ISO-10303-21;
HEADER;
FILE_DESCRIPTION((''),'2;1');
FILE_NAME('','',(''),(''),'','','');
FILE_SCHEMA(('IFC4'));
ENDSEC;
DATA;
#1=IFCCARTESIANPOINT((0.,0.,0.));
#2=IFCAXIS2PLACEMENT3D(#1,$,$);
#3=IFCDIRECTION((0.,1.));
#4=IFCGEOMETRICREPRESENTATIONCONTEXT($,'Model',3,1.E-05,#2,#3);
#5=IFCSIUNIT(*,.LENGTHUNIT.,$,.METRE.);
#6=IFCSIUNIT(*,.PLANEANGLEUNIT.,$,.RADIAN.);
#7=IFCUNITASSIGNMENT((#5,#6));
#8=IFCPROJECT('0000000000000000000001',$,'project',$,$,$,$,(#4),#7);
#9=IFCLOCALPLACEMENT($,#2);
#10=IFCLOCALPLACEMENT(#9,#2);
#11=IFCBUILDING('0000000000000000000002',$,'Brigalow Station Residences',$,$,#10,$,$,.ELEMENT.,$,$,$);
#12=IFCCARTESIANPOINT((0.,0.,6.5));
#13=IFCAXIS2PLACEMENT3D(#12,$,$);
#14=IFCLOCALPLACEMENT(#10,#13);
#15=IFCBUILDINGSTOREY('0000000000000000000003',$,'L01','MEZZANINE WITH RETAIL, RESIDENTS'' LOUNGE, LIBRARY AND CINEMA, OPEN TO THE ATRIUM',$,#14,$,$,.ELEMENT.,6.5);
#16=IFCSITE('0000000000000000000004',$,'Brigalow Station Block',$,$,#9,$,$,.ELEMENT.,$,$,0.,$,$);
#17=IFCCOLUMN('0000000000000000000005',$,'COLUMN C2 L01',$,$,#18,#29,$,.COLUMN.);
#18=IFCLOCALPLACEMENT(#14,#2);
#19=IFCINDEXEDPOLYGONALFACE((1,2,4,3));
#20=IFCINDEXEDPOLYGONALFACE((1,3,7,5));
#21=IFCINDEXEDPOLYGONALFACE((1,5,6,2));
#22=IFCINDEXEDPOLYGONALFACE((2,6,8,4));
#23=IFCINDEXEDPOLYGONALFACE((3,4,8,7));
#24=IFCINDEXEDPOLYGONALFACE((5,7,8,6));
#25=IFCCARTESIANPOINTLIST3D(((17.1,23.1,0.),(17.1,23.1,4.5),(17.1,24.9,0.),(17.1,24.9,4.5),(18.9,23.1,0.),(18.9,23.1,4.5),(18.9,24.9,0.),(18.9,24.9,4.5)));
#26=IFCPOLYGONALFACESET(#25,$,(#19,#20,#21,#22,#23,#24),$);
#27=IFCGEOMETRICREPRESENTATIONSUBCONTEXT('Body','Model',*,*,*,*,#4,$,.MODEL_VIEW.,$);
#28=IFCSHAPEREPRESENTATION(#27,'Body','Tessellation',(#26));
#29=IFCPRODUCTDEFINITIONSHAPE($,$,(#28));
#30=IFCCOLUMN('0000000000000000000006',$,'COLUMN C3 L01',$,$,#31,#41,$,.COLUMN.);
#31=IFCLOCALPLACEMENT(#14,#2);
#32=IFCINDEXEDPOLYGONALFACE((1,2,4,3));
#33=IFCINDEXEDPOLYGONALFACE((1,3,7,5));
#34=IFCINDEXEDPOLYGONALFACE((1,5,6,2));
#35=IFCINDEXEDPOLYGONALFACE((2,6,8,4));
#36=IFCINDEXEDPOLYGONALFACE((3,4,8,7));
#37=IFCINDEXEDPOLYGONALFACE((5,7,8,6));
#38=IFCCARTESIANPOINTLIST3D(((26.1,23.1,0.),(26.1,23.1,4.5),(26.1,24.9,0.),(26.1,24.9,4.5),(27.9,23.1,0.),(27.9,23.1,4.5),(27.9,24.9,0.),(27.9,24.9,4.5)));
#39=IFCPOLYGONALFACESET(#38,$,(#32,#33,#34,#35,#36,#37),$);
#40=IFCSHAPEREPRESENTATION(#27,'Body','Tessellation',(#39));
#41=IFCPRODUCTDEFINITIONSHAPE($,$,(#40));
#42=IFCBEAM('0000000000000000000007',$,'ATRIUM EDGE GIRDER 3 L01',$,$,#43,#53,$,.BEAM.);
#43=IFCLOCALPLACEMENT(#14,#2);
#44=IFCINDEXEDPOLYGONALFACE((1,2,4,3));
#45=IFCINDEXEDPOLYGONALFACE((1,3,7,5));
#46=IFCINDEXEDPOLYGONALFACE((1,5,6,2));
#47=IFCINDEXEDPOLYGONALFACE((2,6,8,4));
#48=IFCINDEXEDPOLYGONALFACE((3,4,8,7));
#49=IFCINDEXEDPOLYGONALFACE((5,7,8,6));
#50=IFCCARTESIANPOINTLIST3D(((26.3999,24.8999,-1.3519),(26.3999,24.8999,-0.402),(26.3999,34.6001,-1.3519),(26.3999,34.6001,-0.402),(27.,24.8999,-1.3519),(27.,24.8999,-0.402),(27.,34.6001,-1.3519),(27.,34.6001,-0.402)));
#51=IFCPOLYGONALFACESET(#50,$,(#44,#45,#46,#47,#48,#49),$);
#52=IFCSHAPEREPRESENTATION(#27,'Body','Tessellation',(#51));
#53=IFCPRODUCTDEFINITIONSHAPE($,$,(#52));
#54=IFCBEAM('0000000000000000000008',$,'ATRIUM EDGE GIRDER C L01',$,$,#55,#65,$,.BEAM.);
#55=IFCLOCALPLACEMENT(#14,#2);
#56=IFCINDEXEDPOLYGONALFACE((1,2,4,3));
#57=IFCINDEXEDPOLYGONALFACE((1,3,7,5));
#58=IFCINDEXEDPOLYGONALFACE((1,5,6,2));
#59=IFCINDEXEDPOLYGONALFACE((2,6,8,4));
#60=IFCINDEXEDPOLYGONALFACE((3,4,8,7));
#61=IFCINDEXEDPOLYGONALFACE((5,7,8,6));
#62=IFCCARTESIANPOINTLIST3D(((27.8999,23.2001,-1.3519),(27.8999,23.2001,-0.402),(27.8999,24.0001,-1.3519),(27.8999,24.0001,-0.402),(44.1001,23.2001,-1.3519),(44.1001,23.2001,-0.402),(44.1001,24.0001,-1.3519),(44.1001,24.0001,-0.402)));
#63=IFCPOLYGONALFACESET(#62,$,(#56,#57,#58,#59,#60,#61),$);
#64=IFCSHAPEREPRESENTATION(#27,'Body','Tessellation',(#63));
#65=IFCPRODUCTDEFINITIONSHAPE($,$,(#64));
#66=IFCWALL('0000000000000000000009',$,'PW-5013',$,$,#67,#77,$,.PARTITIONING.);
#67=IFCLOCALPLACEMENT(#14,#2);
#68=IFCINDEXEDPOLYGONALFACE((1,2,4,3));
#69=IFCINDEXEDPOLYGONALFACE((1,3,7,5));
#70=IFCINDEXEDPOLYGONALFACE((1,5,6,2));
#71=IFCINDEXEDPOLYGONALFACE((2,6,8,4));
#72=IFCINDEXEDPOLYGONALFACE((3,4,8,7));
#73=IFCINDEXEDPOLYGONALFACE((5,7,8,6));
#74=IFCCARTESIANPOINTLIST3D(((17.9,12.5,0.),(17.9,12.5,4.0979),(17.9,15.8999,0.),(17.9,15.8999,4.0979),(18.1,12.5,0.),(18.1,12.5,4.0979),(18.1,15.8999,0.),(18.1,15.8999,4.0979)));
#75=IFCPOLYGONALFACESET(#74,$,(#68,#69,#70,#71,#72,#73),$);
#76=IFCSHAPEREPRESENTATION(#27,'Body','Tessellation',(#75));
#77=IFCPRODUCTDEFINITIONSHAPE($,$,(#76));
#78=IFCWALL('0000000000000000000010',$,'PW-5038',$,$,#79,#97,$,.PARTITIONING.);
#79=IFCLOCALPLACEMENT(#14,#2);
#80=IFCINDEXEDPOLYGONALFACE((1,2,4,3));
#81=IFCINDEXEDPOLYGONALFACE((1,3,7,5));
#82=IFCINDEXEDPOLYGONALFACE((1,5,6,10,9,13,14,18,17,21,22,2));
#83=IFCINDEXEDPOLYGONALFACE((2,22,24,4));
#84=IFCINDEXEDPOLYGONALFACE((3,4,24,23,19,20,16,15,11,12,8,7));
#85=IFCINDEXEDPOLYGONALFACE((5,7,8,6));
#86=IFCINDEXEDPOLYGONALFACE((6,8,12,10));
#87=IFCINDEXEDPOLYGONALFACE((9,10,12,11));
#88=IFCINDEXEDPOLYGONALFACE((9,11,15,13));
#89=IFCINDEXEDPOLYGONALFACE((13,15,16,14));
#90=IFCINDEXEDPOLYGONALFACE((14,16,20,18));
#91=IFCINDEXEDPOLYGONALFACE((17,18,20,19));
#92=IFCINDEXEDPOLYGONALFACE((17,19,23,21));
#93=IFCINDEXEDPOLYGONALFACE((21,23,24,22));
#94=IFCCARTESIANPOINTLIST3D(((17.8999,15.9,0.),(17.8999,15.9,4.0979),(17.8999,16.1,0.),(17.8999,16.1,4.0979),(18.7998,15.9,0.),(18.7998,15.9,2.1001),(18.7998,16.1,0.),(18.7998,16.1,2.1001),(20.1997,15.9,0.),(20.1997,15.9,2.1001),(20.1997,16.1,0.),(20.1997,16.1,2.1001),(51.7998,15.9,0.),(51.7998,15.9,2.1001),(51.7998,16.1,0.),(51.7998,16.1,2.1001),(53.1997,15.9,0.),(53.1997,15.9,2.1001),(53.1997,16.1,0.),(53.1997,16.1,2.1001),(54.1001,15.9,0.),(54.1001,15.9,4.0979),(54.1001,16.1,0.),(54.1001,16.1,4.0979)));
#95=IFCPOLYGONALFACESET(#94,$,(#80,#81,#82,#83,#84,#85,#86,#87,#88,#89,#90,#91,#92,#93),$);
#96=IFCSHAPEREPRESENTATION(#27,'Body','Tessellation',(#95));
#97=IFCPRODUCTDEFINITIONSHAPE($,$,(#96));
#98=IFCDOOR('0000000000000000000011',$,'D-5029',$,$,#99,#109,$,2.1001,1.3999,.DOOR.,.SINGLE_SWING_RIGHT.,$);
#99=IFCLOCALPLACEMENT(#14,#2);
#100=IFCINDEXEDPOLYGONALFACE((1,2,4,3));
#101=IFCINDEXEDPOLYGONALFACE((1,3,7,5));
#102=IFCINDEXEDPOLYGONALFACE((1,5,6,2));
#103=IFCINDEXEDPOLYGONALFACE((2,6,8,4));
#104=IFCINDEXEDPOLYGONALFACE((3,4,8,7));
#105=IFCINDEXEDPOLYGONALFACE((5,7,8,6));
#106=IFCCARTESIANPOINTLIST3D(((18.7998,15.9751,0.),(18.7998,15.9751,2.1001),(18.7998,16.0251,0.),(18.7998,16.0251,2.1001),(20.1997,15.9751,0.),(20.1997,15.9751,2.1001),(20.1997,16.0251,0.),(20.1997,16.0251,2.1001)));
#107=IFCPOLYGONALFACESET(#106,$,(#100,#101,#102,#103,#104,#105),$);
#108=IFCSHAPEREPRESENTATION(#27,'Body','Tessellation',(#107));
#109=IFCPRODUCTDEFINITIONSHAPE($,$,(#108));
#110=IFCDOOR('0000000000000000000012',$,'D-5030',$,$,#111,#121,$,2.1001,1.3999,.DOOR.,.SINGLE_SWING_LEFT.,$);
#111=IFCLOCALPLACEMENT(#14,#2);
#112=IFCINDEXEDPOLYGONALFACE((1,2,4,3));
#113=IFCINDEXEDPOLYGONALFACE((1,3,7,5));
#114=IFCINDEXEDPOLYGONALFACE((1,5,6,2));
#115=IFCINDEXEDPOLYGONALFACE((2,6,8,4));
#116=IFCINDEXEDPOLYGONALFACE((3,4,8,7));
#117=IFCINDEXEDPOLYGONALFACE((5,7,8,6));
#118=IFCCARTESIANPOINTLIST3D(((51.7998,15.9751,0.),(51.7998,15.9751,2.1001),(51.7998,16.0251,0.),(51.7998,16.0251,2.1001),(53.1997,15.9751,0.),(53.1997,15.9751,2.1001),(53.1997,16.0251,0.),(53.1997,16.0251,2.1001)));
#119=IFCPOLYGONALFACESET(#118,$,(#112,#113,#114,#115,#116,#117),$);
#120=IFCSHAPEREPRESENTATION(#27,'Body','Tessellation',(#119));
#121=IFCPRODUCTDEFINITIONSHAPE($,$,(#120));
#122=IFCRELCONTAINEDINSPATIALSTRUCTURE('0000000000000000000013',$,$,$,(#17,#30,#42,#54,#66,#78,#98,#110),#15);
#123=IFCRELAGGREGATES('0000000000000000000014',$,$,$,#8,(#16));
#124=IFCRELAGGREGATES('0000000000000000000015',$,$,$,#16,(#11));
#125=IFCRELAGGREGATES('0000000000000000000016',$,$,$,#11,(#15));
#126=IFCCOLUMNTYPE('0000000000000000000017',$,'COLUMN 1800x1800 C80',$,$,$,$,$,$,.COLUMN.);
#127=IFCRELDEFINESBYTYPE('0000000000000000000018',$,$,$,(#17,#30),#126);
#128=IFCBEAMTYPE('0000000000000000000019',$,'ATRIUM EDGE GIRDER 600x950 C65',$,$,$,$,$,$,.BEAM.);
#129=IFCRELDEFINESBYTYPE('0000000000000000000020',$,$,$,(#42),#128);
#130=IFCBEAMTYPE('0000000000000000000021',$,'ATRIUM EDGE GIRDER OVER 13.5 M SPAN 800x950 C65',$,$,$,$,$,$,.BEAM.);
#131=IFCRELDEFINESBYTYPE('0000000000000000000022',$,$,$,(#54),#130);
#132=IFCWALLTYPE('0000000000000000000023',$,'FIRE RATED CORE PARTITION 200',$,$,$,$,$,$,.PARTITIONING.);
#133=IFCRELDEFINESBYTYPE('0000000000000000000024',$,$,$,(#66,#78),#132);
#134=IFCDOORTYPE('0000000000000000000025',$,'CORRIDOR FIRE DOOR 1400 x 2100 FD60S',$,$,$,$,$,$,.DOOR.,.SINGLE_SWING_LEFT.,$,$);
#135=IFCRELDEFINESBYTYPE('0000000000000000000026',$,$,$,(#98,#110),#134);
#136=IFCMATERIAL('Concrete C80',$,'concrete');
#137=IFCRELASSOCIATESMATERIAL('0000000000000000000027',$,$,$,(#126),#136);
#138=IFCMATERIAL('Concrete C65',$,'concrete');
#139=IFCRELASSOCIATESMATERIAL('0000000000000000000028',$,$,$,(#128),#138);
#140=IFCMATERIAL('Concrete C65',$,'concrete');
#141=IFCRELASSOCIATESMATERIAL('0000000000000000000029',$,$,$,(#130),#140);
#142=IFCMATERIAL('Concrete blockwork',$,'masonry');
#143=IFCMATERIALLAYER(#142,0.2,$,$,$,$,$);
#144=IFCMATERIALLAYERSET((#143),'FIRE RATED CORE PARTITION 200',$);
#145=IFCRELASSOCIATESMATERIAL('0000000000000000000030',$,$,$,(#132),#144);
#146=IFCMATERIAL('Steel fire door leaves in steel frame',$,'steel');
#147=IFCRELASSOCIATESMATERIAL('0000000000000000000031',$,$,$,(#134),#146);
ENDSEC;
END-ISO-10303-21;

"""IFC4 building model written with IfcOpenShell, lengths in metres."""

from ifc_helpers import new_model, si_unit, direction, frame, frame_2d, origin, origin_2d, place, context, subcontext, project, spatial, rectangle, extrude, material, layer, layer_set, material_profile, profile_set, type_object, element, fill, save


model = new_model("IFC4")

# Units and contexts
model_context = context("Model", 3, precision=1e-05, world=origin(), true_north=direction((0.0, 1.0)))
body_context = subcontext(model_context, "Body", "Model", "MODEL_VIEW")
ifc_project = project(units=[si_unit("LENGTHUNIT", "METRE"), si_unit("PLANEANGLEUNIT", "RADIAN")], contexts=[model_context])

# Site, building, storey
site_placement = place(None, origin())
site = spatial("IfcSite", under=ifc_project, at=site_placement, Name="Brigalow Station Block", CompositionType="ELEMENT", RefElevation=0.0)
building_placement = place(site_placement, origin())
building = spatial("IfcBuilding", under=site, at=building_placement, Name="Brigalow Station Residences", CompositionType="ELEMENT")
storey_placement = place(building_placement, frame((0.0, 0.0, 6.5)))
storey = spatial("IfcBuildingStorey", under=building, at=storey_placement, Name="L01", Description="MEZZANINE WITH RETAIL, RESIDENTS' LOUNGE, LIBRARY AND CINEMA, OPEN TO THE ATRIUM", CompositionType="ELEMENT", Elevation=6.5)

# Columns
ifc_material_1 = material(Name="Concrete C80", Category="concrete")
ifc_material_profile_1 = material_profile(ifc_material_1, rectangle(XDim=1.8, YDim=1.8, at=origin_2d()), Name="RC1800x1800")
ifc_profile_set_1 = profile_set([ifc_material_profile_1], Name="Concrete C80")
column_type = type_object("IfcColumnType", Name="COLUMN 1800x1800 C80", PredefinedType="COLUMN", material=ifc_profile_set_1)
for number, where, z_axis, x_axis, name in (
    (1, (18.0, 24.0, 0.0), (0.0, 0.0, 1.0), (1.0, 0.0, 0.0), "COLUMN C2 L01"),
    (2, (27.0, 24.0, 0.0), (0.0, 0.0, 1.0), (1.0, 0.0, 0.0), "COLUMN C3 L01"),
):
    element("IfcColumn", number, at=place(storey_placement, frame(where, z_axis=z_axis, x_axis=x_axis)), inside=storey, type_object=column_type, Name=name, PredefinedType="COLUMN", context=body_context, shape_type="SweptSolid", body=[
        extrude(rectangle(XDim=1.8, YDim=1.8, at=origin_2d()), origin(), (0.0, 0.0, 1.0), 4.5),
    ])

# Beams
ifc_material_2 = material(Name="Concrete C65", Category="concrete")
ifc_material_profile_2 = material_profile(ifc_material_2, rectangle(XDim=0.6001, YDim=0.95, at=origin_2d()), Name="RC600x950")
ifc_profile_set_2 = profile_set([ifc_material_profile_2], Name="Concrete C65")
beam_type_1 = type_object("IfcBeamType", Name="ATRIUM EDGE GIRDER 600x950 C65", PredefinedType="BEAM", material=ifc_profile_set_2)
beam_1_placement = place(storey_placement, frame((26.7, 24.8999, -0.877), z_axis=(0.0, 1.0, 0.0), x_axis=(-1.0, 0.0, 0.0)))
element("IfcBeam", 3, at=beam_1_placement, inside=storey, type_object=beam_type_1, Name="ATRIUM EDGE GIRDER 3 L01", PredefinedType="BEAM", context=body_context, shape_type="SweptSolid", body=[
    extrude(rectangle(XDim=0.6001, YDim=0.95, at=origin_2d()), origin(), (0.0, 0.0, 1.0), 9.7002),
])
ifc_material_3 = material(Name="Concrete C65", Category="concrete")
ifc_material_profile_3 = material_profile(ifc_material_3, rectangle(XDim=0.8, YDim=0.95, at=origin_2d()), Name="RC800x950")
ifc_profile_set_3 = profile_set([ifc_material_profile_3], Name="Concrete C65")
beam_type_2 = type_object("IfcBeamType", Name="ATRIUM EDGE GIRDER OVER 13.5 M SPAN 800x950 C65", PredefinedType="BEAM", material=ifc_profile_set_3)
beam_2_placement = place(storey_placement, frame((27.8999, 23.6001, -0.877), z_axis=(1.0, 0.0, 0.0), x_axis=(0.0, 1.0, 0.0)))
element("IfcBeam", 4, at=beam_2_placement, inside=storey, type_object=beam_type_2, Name="ATRIUM EDGE GIRDER C L01", PredefinedType="BEAM", context=body_context, shape_type="SweptSolid", body=[
    extrude(rectangle(XDim=0.8, YDim=0.95, at=origin_2d()), origin(), (0.0, 0.0, 1.0), 16.2002),
])

# Wall
ifc_material_4 = material(Name="Concrete blockwork", Category="masonry")
ifc_layer_1 = layer(ifc_material_4, 0.2)
ifc_layer_set_1 = layer_set([ifc_layer_1], Name="FIRE RATED CORE PARTITION 200")
wall_type_1 = type_object("IfcWallType", Name="FIRE RATED CORE PARTITION 200", PredefinedType="PARTITIONING", material=ifc_layer_set_1)
wall_1_placement = place(storey_placement, frame((18.0, 12.5, 0.0), z_axis=(0.0, 0.0, 1.0), x_axis=(0.0, 1.0, 0.0)))
element("IfcWall", 5, at=wall_1_placement, inside=storey, type_object=wall_type_1, Name="PW-5013", PredefinedType="PARTITIONING", context=body_context, shape_type="SweptSolid", body=[
    extrude(rectangle(XDim=3.3999, YDim=0.2, at=frame_2d((1.7, 0.0))), origin(), (0.0, 0.0, 1.0), 4.0979),
])

# Wall, openings, doors
wall_2_placement = place(storey_placement, frame((17.8999, 16.0, 0.0), z_axis=(0.0, 0.0, 1.0), x_axis=(1.0, 0.0, 0.0)))
wall_2 = element("IfcWall", 6, at=wall_2_placement, inside=storey, type_object=wall_type_1, Name="PW-5038", PredefinedType="PARTITIONING", context=body_context, shape_type="SweptSolid", body=[
    extrude(rectangle(XDim=36.2002, YDim=0.2, at=frame_2d((18.1001, 0.0))), origin(), (0.0, 0.0, 1.0), 4.0979),
])
opening_1_placement = place(wall_2_placement, frame((0.8999, 0.0, 0.0)))
opening_1 = element("IfcOpeningElement", 7, at=opening_1_placement, cuts=wall_2, PredefinedType="OPENING", context=body_context, shape_type="SweptSolid", body=[
    extrude(rectangle(XDim=1.3999, YDim=2.1001, at=frame_2d((0.7, 1.05))), frame((0.0, 0.1099, 0.0), z_axis=(0.0, -1.0, 0.0), x_axis=(1.0, 0.0, 0.0)), (0.0, 0.0, 1.0), 0.22),
])
opening_2_placement = place(wall_2_placement, frame((33.8999, 0.0, 0.0)))
opening_2 = element("IfcOpeningElement", 8, at=opening_2_placement, cuts=wall_2, PredefinedType="OPENING", context=body_context, shape_type="SweptSolid", body=[
    extrude(rectangle(XDim=1.3999, YDim=2.1001, at=frame_2d((0.7, 1.05))), frame((0.0, 0.1099, 0.0), z_axis=(0.0, -1.0, 0.0), x_axis=(1.0, 0.0, 0.0)), (0.0, 0.0, 1.0), 0.22),
])
ifc_material_5 = material(Name="Steel fire door leaves in steel frame", Category="steel")
door_type_1 = type_object("IfcDoorType", Name="CORRIDOR FIRE DOOR 1400 x 2100 FD60S", OperationType="SINGLE_SWING_LEFT", PredefinedType="DOOR", material=ifc_material_5)
door_1_placement = place(opening_1_placement, frame((1.3999, 0.0, 0.0), z_axis=(0.0, 0.0, 1.0), x_axis=(-1.0, 0.0, 0.0)))
door_1 = element("IfcDoor", 9, at=door_1_placement, inside=storey, type_object=door_type_1, Name="D-5029", OperationType="SINGLE_SWING_RIGHT", OverallHeight=2.1001, OverallWidth=1.3999, PredefinedType="DOOR", context=body_context, shape_type="SweptSolid", body=[
    extrude(rectangle(XDim=1.3999, YDim=2.1001, at=frame_2d((0.7, 1.05))), frame((0.0, 0.0249, 0.0), z_axis=(0.0, -1.0, 0.0), x_axis=(1.0, 0.0, 0.0)), (0.0, 0.0, 1.0), 0.05),
])
fill(opening_1, door_1)
door_2_placement = place(opening_2_placement, frame((1.3999, 0.0, 0.0), z_axis=(0.0, 0.0, 1.0), x_axis=(-1.0, 0.0, 0.0)))
door_2 = element("IfcDoor", 10, at=door_2_placement, inside=storey, type_object=door_type_1, Name="D-5030", OperationType="SINGLE_SWING_LEFT", OverallHeight=2.1001, OverallWidth=1.3999, PredefinedType="DOOR", context=body_context, shape_type="SweptSolid", body=[
    extrude(rectangle(XDim=1.3999, YDim=2.1001, at=frame_2d((0.7, 1.05))), frame((0.0, 0.0249, 0.0), z_axis=(0.0, -1.0, 0.0), x_axis=(1.0, 0.0, 0.0)), (0.0, 0.0, 1.0), 0.05),
])
fill(opening_2, door_2)

save(model, "model.ifc")
